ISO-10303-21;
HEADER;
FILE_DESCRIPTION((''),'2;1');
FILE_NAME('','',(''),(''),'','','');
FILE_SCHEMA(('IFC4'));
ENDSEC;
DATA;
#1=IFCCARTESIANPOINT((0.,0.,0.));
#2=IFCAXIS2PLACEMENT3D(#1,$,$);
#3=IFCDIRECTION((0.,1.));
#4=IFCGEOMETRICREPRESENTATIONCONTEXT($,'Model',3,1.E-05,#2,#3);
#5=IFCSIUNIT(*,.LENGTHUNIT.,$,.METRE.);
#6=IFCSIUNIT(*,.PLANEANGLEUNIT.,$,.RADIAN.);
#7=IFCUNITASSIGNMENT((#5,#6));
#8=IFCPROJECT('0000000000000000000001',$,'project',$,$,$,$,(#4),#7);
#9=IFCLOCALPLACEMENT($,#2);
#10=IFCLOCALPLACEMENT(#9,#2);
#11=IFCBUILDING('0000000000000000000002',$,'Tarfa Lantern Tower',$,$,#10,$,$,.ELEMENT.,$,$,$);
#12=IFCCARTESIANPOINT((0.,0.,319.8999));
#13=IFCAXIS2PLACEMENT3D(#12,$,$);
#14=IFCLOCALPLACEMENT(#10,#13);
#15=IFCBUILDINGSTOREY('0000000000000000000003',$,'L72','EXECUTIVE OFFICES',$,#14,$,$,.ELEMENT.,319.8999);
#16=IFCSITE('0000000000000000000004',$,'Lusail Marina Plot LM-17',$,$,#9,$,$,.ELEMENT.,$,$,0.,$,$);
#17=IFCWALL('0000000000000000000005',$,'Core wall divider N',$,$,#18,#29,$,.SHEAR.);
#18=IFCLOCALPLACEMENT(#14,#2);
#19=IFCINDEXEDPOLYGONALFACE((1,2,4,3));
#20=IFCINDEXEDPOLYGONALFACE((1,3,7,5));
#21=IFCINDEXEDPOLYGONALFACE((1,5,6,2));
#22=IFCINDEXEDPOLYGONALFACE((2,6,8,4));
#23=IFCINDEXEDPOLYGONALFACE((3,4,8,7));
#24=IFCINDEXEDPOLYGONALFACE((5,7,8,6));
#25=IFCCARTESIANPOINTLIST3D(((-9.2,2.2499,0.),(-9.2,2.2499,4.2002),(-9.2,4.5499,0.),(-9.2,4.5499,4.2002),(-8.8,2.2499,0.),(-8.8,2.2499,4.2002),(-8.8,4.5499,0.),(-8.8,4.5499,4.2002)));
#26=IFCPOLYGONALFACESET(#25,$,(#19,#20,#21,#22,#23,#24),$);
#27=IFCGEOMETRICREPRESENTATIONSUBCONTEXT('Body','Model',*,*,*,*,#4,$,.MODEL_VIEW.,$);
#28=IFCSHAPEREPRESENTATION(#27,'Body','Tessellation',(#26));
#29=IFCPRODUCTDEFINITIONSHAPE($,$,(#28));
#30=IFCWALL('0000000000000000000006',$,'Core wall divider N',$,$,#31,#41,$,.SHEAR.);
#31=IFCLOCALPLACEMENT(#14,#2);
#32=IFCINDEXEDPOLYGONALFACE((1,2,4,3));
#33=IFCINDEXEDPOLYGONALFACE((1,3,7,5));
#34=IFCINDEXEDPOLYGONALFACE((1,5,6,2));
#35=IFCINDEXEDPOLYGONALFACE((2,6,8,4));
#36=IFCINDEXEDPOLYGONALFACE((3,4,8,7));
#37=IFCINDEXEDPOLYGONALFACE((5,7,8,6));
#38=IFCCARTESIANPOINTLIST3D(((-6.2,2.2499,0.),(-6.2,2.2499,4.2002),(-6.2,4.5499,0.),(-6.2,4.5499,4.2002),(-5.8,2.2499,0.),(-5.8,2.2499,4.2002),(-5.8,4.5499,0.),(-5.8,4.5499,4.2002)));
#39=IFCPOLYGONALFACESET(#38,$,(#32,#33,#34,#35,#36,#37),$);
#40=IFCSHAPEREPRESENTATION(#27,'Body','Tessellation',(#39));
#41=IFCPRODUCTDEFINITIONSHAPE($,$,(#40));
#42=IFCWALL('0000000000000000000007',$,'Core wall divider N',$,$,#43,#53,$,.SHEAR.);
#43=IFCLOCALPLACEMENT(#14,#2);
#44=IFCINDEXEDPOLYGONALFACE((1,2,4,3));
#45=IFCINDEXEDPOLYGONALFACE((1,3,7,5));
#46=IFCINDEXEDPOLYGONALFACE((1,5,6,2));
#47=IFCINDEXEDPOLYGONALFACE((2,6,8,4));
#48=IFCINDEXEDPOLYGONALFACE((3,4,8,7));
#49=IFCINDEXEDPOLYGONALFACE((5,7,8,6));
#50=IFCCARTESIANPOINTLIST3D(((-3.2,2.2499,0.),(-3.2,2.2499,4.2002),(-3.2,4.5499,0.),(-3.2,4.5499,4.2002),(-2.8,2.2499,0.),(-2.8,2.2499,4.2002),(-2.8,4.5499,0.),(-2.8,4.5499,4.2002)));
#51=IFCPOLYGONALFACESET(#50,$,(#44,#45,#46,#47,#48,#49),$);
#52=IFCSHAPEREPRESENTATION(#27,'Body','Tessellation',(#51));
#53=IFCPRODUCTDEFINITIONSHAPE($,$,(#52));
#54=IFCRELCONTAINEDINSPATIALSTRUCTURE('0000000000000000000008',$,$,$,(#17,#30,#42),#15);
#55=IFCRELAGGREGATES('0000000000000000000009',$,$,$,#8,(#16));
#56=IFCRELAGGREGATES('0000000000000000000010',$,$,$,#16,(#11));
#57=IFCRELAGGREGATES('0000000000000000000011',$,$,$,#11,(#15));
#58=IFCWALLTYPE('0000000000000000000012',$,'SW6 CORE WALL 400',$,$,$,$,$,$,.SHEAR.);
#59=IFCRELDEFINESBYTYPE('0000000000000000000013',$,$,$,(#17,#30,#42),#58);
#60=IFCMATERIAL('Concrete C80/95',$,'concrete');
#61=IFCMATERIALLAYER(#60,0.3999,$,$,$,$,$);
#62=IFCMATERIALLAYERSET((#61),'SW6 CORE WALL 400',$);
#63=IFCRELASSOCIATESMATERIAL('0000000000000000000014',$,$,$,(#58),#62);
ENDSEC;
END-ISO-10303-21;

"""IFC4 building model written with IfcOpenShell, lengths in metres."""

from ifc_helpers import new_model, si_unit, direction, frame, frame_2d, origin, place, context, subcontext, project, spatial, rectangle, extrude, material, layer, layer_set, type_object, element, save


model = new_model("IFC4")

# Units and contexts
model_context = context("Model", 3, precision=1e-05, world=origin(), true_north=direction((0.0, 1.0)))
body_context = subcontext(model_context, "Body", "Model", "MODEL_VIEW")
ifc_project = project(units=[si_unit("LENGTHUNIT", "METRE"), si_unit("PLANEANGLEUNIT", "RADIAN")], contexts=[model_context])

# Site, building, storey
site_placement = place(None, origin())
site = spatial("IfcSite", under=ifc_project, at=site_placement, Name="Lusail Marina Plot LM-17", CompositionType="ELEMENT", RefElevation=0.0)
building_placement = place(site_placement, origin())
building = spatial("IfcBuilding", under=site, at=building_placement, Name="Tarfa Lantern Tower", CompositionType="ELEMENT")
storey_placement = place(building_placement, frame((0.0, 0.0, 319.8999)))
storey = spatial("IfcBuildingStorey", under=building, at=storey_placement, Name="L72", Description="EXECUTIVE OFFICES", CompositionType="ELEMENT", Elevation=319.8999)

# Shared definitions
ifc_material_1 = material(Name="Concrete C80/95", Category="concrete")

# Walls
ifc_layer_1 = layer(ifc_material_1, 0.3999)
ifc_layer_set_1 = layer_set([ifc_layer_1], Name="SW6 CORE WALL 400")
wall_type_1 = type_object("IfcWallType", Name="SW6 CORE WALL 400", PredefinedType="SHEAR", material=ifc_layer_set_1)
for number, where, z_axis, x_axis, name in (
    (1, (-9.0, 2.25, 0.0), (0.0, 0.0, 1.0), (0.0, 1.0, 0.0), "Core wall divider N"),
    (2, (-6.0, 2.25, 0.0), (0.0, 0.0, 1.0), (0.0, 1.0, 0.0), "Core wall divider N"),
    (3, (-3.0, 2.25, 0.0), (0.0, 0.0, 1.0), (0.0, 1.0, 0.0), "Core wall divider N"),
):
    element("IfcWall", number, at=place(storey_placement, frame(where, z_axis=z_axis, x_axis=x_axis)), inside=storey, type_object=wall_type_1, Name=name, PredefinedType="SHEAR", context=body_context, shape_type="SweptSolid", body=[
        extrude(rectangle(XDim=2.3, YDim=0.3999, at=frame_2d((1.1499, 0.0))), origin(), (0.0, 0.0, 1.0), 4.2002),
    ])

save(model, "model.ifc")
